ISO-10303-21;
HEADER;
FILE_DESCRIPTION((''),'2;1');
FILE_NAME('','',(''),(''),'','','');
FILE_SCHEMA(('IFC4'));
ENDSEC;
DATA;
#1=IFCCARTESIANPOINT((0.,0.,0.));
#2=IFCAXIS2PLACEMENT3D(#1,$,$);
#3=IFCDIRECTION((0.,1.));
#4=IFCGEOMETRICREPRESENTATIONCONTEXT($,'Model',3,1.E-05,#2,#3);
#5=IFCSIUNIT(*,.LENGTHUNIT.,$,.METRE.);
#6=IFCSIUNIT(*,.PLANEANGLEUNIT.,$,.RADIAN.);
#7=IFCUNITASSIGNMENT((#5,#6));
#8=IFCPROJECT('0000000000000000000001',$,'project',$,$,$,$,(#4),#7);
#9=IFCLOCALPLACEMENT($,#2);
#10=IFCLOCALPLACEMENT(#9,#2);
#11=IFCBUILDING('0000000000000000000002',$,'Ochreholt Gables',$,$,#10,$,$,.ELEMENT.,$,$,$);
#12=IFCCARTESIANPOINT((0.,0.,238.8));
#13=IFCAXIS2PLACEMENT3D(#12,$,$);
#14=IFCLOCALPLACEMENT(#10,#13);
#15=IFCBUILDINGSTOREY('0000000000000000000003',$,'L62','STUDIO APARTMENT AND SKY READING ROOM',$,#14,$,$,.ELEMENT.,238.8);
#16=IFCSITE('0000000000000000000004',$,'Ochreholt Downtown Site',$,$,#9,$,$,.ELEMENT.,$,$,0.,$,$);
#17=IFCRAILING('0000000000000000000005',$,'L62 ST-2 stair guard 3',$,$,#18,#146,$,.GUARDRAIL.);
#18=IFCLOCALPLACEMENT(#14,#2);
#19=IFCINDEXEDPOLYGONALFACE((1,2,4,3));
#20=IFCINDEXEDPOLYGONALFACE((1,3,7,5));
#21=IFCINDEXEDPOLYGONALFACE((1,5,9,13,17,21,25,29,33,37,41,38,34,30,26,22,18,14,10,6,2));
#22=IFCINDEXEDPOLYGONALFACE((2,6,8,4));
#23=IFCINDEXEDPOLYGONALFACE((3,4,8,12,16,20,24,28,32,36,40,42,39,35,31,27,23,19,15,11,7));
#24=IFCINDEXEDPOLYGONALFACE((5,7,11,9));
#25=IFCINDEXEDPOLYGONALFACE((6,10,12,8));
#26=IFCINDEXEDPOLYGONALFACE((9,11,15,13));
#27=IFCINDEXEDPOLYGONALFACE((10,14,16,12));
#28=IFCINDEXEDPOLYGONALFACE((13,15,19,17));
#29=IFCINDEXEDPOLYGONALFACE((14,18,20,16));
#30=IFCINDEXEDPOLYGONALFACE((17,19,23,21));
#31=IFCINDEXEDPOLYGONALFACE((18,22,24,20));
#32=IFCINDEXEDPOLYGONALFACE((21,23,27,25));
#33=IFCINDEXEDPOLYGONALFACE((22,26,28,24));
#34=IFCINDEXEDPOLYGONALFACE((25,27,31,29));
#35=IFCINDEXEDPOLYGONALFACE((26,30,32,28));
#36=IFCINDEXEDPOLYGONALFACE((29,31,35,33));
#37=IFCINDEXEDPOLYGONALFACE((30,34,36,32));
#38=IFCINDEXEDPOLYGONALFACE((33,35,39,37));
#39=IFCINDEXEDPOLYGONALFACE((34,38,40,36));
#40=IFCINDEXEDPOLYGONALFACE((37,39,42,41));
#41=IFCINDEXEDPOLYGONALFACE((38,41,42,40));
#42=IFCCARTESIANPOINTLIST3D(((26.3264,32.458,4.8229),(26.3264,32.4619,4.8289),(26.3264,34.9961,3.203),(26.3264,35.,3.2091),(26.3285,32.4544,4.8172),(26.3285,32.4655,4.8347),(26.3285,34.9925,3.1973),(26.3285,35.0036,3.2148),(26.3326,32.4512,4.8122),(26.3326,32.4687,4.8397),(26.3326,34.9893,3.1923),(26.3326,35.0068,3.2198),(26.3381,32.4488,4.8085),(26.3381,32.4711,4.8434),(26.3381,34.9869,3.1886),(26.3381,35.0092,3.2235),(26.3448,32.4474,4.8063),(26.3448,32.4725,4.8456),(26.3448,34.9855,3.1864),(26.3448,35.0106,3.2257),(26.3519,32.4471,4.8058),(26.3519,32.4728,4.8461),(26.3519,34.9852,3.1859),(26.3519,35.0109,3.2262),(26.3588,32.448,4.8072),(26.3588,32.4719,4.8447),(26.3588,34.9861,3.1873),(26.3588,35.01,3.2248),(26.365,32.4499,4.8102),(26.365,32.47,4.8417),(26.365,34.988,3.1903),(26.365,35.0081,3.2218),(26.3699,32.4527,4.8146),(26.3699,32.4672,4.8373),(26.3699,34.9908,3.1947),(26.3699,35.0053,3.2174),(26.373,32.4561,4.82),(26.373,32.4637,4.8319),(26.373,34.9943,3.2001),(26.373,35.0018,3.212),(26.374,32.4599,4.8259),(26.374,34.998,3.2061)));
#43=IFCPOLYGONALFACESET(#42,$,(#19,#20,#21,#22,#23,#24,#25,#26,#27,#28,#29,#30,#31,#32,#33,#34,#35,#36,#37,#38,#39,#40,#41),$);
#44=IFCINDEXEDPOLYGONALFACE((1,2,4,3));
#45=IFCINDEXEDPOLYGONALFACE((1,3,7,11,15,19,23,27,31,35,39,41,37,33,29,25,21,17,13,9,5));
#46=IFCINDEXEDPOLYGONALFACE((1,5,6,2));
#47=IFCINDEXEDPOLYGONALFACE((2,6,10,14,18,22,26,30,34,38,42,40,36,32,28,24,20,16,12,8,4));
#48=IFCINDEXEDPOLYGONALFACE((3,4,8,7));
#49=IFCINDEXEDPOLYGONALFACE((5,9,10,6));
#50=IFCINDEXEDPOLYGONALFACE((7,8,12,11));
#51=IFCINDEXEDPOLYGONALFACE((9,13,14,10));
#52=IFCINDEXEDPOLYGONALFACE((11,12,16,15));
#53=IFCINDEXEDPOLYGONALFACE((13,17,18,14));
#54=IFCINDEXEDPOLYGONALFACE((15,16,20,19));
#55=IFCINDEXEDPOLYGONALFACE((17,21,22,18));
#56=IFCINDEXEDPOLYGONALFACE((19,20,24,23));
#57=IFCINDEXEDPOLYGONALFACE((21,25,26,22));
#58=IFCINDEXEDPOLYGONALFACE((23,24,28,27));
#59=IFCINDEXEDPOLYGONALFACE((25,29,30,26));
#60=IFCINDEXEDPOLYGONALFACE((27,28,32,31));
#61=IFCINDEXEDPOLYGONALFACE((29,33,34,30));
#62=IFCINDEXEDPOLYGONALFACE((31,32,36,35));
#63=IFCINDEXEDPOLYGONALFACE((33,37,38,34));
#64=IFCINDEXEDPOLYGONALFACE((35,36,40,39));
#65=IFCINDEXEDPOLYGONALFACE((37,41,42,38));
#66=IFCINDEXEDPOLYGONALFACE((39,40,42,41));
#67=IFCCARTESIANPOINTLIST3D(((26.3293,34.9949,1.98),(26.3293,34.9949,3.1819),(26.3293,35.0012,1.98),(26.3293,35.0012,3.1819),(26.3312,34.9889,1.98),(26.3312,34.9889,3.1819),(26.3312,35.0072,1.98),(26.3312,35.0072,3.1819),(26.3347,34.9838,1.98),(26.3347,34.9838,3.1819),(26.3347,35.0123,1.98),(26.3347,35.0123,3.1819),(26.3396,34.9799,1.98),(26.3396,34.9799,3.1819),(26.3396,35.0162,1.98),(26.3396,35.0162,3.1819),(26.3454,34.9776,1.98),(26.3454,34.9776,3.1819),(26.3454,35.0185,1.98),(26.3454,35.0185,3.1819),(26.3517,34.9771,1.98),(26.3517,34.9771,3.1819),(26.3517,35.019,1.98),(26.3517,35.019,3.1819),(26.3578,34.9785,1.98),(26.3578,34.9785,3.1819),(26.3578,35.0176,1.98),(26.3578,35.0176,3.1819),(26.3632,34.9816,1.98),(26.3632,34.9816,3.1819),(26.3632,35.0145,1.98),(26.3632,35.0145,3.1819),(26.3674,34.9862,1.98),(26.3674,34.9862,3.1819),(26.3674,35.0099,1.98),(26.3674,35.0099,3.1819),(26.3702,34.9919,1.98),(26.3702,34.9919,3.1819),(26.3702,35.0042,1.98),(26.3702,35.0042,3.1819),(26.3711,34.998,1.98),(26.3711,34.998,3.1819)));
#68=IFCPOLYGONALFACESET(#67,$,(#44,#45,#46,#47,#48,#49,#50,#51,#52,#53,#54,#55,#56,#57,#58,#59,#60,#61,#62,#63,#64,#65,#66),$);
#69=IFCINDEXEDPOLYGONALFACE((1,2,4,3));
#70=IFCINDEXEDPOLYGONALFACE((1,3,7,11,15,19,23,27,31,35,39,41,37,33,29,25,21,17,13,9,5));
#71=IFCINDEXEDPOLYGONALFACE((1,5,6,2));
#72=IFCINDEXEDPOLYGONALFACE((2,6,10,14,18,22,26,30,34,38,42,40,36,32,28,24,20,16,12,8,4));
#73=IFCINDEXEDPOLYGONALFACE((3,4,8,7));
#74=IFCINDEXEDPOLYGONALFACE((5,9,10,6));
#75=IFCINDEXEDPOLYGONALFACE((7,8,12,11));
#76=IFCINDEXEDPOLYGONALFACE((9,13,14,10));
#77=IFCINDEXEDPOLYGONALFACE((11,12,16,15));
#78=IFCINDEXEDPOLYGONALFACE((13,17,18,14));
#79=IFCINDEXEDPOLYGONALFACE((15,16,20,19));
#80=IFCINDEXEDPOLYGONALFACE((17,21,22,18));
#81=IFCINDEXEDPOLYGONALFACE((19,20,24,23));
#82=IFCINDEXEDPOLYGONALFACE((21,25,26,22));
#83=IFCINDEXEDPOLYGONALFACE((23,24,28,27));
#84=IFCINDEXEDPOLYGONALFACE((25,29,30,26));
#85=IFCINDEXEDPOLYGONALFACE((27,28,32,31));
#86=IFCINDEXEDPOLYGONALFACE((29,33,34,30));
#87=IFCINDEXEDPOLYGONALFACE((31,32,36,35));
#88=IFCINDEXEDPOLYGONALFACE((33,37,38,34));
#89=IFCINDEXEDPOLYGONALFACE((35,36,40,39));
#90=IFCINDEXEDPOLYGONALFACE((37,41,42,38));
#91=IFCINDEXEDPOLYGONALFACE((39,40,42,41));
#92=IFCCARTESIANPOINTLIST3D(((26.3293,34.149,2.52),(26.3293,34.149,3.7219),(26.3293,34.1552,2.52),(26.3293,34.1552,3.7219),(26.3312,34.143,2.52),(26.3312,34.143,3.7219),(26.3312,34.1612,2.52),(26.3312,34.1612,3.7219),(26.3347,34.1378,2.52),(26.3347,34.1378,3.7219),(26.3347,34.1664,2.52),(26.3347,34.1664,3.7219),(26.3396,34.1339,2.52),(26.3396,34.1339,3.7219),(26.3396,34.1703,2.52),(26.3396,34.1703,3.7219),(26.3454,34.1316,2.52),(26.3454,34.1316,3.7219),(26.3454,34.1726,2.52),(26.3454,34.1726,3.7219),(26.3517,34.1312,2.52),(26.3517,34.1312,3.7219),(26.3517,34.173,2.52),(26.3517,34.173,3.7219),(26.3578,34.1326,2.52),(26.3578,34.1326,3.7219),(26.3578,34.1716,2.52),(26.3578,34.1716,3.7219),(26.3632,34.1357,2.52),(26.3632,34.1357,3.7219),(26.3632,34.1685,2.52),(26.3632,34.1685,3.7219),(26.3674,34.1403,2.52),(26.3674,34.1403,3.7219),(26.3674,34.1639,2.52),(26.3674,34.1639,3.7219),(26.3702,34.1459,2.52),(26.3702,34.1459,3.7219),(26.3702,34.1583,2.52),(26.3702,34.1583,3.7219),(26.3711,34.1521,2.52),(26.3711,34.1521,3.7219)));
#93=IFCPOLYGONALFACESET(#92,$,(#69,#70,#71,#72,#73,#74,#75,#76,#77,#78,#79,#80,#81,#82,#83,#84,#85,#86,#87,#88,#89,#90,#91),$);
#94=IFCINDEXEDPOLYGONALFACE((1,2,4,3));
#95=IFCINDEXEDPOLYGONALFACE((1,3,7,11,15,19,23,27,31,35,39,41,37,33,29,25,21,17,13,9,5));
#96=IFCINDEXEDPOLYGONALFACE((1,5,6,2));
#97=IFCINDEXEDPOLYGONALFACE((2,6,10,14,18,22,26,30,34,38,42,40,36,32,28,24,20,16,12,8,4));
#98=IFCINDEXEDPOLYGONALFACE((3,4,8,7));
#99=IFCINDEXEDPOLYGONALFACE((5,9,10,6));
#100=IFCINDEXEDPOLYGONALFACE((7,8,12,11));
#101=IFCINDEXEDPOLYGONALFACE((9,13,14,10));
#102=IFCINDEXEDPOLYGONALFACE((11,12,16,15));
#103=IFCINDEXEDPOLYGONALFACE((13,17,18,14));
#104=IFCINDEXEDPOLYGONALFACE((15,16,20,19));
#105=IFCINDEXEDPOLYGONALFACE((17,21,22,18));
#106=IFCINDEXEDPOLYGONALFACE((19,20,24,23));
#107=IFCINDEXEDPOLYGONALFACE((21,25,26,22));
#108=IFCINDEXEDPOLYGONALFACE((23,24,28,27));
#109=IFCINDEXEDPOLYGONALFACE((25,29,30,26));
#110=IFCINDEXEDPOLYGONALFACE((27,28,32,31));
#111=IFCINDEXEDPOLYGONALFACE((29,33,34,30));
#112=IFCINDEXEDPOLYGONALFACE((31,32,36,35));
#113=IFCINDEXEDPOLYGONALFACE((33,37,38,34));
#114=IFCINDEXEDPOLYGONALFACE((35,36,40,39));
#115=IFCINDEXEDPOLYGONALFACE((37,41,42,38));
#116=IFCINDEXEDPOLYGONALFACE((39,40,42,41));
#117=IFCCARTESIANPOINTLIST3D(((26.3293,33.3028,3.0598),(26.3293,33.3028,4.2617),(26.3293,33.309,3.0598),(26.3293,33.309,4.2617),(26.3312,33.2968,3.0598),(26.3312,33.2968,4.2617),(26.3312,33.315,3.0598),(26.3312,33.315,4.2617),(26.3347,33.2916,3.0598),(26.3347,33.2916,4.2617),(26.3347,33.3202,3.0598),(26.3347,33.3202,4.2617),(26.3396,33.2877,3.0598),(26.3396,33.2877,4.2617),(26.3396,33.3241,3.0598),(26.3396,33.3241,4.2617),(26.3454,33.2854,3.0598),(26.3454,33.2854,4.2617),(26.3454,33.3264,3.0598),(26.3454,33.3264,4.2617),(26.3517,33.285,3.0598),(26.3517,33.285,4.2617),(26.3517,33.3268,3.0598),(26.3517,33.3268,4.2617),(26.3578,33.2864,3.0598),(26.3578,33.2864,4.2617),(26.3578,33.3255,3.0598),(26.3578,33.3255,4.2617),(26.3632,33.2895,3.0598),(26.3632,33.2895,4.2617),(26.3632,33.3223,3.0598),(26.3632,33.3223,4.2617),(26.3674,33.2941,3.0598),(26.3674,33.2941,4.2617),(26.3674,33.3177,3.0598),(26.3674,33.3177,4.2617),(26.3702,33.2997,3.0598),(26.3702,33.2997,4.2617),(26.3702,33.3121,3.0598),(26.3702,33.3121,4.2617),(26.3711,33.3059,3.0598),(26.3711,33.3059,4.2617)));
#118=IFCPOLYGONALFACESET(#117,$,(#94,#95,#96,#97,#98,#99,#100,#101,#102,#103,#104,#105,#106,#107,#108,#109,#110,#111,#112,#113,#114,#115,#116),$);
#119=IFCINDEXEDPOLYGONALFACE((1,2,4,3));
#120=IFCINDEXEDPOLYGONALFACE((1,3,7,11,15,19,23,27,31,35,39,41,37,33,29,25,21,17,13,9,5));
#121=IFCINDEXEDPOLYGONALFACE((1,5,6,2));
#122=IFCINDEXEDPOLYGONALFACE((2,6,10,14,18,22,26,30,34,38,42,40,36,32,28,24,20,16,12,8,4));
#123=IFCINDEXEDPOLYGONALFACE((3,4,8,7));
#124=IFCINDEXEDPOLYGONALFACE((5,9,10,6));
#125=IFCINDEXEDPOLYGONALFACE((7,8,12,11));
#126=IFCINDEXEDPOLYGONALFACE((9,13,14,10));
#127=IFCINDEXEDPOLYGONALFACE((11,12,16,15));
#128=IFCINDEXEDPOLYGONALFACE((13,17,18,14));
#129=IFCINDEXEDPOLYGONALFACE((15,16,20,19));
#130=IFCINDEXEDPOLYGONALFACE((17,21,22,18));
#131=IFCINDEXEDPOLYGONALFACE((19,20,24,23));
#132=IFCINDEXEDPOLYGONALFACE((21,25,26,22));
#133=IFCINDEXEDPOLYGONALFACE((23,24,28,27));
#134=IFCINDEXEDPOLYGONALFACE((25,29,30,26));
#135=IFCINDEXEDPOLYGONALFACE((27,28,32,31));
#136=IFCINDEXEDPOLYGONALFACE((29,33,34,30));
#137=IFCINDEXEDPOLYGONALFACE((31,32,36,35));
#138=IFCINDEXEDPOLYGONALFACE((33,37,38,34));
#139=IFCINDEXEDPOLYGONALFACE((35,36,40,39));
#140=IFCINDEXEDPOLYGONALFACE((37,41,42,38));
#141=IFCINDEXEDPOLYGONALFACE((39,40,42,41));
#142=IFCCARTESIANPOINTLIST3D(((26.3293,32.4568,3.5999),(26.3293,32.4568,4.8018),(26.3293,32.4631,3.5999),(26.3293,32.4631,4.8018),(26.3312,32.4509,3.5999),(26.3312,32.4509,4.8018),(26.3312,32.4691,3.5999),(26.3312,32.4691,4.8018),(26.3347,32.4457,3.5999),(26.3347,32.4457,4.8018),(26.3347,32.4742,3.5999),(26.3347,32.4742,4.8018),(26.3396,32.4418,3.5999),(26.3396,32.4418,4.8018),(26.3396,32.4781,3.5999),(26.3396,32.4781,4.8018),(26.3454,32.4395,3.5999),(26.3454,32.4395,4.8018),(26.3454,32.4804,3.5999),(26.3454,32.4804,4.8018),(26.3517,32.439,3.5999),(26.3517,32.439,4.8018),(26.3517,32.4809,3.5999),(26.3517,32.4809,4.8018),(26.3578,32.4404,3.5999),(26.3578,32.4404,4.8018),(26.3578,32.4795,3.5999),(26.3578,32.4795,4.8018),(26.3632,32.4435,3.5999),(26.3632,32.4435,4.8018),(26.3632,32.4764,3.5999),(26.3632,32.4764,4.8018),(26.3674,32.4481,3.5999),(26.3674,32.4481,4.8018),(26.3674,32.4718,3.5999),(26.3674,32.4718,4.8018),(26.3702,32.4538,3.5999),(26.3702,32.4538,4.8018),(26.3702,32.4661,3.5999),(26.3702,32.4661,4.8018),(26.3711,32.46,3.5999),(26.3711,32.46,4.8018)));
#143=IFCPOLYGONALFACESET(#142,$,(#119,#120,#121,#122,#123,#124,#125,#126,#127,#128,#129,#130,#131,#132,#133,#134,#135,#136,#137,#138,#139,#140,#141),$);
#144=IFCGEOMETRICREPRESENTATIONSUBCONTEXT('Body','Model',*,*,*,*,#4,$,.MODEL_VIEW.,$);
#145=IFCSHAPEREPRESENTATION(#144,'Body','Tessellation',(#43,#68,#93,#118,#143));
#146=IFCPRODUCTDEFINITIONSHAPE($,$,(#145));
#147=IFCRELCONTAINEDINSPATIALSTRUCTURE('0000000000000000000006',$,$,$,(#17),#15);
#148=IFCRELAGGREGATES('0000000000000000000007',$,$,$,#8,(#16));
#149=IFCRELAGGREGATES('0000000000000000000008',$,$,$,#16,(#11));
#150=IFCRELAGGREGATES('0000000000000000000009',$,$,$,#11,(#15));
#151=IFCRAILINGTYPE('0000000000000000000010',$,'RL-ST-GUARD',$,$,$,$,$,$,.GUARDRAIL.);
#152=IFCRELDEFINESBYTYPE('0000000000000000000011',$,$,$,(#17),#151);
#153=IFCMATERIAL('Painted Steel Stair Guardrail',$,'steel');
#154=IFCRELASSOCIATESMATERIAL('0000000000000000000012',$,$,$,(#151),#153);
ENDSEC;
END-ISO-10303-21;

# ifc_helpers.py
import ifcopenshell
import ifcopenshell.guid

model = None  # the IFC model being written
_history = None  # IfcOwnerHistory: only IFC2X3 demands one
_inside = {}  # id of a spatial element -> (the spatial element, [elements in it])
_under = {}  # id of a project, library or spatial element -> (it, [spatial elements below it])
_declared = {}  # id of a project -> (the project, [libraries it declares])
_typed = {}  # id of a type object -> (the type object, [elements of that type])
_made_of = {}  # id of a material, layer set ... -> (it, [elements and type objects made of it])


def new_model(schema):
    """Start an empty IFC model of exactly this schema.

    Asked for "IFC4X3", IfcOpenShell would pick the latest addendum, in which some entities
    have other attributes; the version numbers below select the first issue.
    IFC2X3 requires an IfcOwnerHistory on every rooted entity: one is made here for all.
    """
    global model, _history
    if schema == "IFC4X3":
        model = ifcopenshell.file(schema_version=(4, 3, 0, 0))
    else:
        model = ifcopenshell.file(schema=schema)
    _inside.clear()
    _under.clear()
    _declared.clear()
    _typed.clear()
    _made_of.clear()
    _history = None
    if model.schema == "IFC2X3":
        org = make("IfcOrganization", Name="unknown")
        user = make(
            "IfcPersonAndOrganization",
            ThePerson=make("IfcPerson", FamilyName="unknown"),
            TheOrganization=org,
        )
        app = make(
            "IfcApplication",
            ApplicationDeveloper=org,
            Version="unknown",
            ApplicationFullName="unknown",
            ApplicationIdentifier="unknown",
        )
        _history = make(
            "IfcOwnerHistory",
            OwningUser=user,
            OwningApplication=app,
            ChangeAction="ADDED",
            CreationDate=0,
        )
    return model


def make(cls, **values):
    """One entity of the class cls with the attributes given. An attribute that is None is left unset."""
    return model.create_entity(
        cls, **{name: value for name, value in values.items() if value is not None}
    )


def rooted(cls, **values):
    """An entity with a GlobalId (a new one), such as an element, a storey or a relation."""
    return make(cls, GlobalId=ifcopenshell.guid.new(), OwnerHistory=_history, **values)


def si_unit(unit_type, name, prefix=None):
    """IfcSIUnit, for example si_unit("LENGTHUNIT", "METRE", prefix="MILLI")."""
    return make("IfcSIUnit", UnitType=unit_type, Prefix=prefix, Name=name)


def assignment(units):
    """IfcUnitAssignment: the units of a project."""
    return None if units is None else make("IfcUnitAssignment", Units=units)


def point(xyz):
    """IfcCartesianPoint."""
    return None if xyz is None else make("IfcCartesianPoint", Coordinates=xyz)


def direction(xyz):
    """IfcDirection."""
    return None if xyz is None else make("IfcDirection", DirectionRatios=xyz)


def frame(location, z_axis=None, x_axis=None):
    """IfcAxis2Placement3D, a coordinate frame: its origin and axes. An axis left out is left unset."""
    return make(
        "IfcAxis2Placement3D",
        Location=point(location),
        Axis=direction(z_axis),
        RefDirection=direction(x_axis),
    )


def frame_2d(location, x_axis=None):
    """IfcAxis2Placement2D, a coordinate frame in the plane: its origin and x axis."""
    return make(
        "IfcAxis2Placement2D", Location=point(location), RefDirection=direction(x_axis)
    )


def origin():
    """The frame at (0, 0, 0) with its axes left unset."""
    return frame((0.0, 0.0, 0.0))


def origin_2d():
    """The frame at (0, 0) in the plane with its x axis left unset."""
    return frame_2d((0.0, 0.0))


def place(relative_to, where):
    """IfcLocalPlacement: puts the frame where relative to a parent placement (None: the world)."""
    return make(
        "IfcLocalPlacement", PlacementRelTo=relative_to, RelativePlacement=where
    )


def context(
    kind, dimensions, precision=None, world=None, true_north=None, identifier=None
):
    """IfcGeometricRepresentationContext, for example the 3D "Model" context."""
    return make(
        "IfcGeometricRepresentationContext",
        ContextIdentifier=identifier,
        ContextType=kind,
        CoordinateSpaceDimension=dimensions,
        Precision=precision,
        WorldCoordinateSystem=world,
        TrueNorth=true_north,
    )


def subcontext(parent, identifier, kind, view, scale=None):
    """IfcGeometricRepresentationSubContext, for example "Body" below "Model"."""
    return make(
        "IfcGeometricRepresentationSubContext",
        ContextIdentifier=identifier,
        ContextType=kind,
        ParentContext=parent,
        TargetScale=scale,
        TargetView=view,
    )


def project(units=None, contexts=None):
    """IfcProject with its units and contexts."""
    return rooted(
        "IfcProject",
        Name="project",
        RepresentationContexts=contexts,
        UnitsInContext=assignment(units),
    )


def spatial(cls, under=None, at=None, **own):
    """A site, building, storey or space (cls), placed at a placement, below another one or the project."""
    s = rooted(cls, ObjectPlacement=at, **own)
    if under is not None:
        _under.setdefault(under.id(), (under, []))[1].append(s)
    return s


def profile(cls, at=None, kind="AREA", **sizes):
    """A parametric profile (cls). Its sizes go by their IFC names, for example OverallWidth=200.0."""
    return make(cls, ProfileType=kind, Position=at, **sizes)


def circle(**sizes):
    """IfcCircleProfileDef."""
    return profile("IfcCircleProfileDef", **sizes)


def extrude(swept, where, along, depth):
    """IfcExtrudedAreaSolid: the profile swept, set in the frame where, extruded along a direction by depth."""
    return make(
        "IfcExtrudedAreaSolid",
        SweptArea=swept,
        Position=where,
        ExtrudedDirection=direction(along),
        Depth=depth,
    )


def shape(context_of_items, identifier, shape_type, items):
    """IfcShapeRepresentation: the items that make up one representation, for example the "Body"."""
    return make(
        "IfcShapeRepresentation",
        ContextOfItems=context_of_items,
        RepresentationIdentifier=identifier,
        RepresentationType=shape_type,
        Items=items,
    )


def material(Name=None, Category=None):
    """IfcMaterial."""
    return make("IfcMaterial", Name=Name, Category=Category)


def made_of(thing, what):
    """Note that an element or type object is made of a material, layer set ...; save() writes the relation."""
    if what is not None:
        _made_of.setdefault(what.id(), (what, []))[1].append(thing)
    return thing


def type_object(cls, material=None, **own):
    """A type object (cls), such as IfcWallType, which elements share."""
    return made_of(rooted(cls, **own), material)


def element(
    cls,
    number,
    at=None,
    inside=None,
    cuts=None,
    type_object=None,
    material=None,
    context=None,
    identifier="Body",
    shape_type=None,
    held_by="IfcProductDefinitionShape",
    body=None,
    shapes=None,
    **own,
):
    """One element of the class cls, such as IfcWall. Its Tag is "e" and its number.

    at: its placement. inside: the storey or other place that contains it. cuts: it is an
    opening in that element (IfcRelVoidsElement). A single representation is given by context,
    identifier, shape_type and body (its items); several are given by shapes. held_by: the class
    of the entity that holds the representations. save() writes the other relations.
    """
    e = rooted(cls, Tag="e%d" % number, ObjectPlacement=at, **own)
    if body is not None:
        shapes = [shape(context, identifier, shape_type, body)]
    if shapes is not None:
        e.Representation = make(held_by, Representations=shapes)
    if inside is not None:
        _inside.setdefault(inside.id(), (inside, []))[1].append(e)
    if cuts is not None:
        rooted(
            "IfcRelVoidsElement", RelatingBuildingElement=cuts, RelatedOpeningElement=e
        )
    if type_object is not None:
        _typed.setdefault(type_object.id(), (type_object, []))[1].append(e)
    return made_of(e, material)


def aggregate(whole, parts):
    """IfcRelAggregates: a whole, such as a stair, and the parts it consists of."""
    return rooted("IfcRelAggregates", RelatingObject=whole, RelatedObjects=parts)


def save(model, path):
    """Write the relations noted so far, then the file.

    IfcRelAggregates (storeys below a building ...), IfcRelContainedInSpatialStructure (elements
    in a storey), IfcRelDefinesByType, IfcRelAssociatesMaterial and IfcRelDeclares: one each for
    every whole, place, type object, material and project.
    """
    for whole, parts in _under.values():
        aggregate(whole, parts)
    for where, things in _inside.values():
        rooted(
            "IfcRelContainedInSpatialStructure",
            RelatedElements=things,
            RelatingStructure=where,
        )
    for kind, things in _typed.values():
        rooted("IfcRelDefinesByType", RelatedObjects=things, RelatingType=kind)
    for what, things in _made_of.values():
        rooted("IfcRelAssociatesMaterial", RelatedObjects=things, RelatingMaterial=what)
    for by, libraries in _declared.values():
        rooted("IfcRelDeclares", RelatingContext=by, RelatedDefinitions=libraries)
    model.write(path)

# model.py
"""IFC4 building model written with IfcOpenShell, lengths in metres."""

from ifc_helpers import new_model, si_unit, direction, frame, origin, origin_2d, place, context, subcontext, project, spatial, circle, extrude, material, type_object, element, save


model = new_model("IFC4")

# Units and contexts
model_context = context("Model", 3, precision=1e-05, world=origin(), true_north=direction((0.0, 1.0)))
body_context = subcontext(model_context, "Body", "Model", "MODEL_VIEW")
ifc_project = project(units=[si_unit("LENGTHUNIT", "METRE"), si_unit("PLANEANGLEUNIT", "RADIAN")], contexts=[model_context])

# Site, building, storey
site_placement = place(None, origin())
site = spatial("IfcSite", under=ifc_project, at=site_placement, Name="Ochreholt Downtown Site", CompositionType="ELEMENT", RefElevation=0.0)
building_placement = place(site_placement, origin())
building = spatial("IfcBuilding", under=site, at=building_placement, Name="Ochreholt Gables", CompositionType="ELEMENT")
storey_placement = place(building_placement, frame((0.0, 0.0, 238.8)))
storey = spatial("IfcBuildingStorey", under=building, at=storey_placement, Name="L62", Description="STUDIO APARTMENT AND SKY READING ROOM", CompositionType="ELEMENT", Elevation=238.8)

# Railing
ifc_material_1 = material(Name="Painted Steel Stair Guardrail", Category="steel")
railing_type_1 = type_object("IfcRailingType", Name="RL-ST-GUARD", PredefinedType="GUARDRAIL", material=ifc_material_1)
railing_1_placement = place(storey_placement, frame((26.3501, 34.998, 1.98)))
element("IfcRailing", 1, at=railing_1_placement, inside=storey, type_object=railing_type_1, Name="L62 ST-2 stair guard 3", PredefinedType="GUARDRAIL", context=body_context, shape_type="SweptSolid", body=[
    extrude(circle(Radius=0.0239, at=origin_2d()), frame((0.0, 0.0, 1.2261), z_axis=(0.0, -0.84295, 0.537993), x_axis=(1.0, 0.0, 0.0)), (0.0, 0.0, 1.0), 3.011),
    extrude(circle(Radius=0.021, at=origin_2d()), origin(), (0.0, 0.0, 1.0), 1.2019),
    extrude(circle(Radius=0.021, at=origin_2d()), frame((0.0, -0.8459, 0.54)), (0.0, 0.0, 1.0), 1.2019),
    extrude(circle(Radius=0.021, at=origin_2d()), frame((0.0, -1.6921, 1.0798)), (0.0, 0.0, 1.0), 1.2019),
    extrude(circle(Radius=0.021, at=origin_2d()), frame((0.0, -2.5381, 1.6199)), (0.0, 0.0, 1.0), 1.2019),
])

save(model, "model.ifc")
